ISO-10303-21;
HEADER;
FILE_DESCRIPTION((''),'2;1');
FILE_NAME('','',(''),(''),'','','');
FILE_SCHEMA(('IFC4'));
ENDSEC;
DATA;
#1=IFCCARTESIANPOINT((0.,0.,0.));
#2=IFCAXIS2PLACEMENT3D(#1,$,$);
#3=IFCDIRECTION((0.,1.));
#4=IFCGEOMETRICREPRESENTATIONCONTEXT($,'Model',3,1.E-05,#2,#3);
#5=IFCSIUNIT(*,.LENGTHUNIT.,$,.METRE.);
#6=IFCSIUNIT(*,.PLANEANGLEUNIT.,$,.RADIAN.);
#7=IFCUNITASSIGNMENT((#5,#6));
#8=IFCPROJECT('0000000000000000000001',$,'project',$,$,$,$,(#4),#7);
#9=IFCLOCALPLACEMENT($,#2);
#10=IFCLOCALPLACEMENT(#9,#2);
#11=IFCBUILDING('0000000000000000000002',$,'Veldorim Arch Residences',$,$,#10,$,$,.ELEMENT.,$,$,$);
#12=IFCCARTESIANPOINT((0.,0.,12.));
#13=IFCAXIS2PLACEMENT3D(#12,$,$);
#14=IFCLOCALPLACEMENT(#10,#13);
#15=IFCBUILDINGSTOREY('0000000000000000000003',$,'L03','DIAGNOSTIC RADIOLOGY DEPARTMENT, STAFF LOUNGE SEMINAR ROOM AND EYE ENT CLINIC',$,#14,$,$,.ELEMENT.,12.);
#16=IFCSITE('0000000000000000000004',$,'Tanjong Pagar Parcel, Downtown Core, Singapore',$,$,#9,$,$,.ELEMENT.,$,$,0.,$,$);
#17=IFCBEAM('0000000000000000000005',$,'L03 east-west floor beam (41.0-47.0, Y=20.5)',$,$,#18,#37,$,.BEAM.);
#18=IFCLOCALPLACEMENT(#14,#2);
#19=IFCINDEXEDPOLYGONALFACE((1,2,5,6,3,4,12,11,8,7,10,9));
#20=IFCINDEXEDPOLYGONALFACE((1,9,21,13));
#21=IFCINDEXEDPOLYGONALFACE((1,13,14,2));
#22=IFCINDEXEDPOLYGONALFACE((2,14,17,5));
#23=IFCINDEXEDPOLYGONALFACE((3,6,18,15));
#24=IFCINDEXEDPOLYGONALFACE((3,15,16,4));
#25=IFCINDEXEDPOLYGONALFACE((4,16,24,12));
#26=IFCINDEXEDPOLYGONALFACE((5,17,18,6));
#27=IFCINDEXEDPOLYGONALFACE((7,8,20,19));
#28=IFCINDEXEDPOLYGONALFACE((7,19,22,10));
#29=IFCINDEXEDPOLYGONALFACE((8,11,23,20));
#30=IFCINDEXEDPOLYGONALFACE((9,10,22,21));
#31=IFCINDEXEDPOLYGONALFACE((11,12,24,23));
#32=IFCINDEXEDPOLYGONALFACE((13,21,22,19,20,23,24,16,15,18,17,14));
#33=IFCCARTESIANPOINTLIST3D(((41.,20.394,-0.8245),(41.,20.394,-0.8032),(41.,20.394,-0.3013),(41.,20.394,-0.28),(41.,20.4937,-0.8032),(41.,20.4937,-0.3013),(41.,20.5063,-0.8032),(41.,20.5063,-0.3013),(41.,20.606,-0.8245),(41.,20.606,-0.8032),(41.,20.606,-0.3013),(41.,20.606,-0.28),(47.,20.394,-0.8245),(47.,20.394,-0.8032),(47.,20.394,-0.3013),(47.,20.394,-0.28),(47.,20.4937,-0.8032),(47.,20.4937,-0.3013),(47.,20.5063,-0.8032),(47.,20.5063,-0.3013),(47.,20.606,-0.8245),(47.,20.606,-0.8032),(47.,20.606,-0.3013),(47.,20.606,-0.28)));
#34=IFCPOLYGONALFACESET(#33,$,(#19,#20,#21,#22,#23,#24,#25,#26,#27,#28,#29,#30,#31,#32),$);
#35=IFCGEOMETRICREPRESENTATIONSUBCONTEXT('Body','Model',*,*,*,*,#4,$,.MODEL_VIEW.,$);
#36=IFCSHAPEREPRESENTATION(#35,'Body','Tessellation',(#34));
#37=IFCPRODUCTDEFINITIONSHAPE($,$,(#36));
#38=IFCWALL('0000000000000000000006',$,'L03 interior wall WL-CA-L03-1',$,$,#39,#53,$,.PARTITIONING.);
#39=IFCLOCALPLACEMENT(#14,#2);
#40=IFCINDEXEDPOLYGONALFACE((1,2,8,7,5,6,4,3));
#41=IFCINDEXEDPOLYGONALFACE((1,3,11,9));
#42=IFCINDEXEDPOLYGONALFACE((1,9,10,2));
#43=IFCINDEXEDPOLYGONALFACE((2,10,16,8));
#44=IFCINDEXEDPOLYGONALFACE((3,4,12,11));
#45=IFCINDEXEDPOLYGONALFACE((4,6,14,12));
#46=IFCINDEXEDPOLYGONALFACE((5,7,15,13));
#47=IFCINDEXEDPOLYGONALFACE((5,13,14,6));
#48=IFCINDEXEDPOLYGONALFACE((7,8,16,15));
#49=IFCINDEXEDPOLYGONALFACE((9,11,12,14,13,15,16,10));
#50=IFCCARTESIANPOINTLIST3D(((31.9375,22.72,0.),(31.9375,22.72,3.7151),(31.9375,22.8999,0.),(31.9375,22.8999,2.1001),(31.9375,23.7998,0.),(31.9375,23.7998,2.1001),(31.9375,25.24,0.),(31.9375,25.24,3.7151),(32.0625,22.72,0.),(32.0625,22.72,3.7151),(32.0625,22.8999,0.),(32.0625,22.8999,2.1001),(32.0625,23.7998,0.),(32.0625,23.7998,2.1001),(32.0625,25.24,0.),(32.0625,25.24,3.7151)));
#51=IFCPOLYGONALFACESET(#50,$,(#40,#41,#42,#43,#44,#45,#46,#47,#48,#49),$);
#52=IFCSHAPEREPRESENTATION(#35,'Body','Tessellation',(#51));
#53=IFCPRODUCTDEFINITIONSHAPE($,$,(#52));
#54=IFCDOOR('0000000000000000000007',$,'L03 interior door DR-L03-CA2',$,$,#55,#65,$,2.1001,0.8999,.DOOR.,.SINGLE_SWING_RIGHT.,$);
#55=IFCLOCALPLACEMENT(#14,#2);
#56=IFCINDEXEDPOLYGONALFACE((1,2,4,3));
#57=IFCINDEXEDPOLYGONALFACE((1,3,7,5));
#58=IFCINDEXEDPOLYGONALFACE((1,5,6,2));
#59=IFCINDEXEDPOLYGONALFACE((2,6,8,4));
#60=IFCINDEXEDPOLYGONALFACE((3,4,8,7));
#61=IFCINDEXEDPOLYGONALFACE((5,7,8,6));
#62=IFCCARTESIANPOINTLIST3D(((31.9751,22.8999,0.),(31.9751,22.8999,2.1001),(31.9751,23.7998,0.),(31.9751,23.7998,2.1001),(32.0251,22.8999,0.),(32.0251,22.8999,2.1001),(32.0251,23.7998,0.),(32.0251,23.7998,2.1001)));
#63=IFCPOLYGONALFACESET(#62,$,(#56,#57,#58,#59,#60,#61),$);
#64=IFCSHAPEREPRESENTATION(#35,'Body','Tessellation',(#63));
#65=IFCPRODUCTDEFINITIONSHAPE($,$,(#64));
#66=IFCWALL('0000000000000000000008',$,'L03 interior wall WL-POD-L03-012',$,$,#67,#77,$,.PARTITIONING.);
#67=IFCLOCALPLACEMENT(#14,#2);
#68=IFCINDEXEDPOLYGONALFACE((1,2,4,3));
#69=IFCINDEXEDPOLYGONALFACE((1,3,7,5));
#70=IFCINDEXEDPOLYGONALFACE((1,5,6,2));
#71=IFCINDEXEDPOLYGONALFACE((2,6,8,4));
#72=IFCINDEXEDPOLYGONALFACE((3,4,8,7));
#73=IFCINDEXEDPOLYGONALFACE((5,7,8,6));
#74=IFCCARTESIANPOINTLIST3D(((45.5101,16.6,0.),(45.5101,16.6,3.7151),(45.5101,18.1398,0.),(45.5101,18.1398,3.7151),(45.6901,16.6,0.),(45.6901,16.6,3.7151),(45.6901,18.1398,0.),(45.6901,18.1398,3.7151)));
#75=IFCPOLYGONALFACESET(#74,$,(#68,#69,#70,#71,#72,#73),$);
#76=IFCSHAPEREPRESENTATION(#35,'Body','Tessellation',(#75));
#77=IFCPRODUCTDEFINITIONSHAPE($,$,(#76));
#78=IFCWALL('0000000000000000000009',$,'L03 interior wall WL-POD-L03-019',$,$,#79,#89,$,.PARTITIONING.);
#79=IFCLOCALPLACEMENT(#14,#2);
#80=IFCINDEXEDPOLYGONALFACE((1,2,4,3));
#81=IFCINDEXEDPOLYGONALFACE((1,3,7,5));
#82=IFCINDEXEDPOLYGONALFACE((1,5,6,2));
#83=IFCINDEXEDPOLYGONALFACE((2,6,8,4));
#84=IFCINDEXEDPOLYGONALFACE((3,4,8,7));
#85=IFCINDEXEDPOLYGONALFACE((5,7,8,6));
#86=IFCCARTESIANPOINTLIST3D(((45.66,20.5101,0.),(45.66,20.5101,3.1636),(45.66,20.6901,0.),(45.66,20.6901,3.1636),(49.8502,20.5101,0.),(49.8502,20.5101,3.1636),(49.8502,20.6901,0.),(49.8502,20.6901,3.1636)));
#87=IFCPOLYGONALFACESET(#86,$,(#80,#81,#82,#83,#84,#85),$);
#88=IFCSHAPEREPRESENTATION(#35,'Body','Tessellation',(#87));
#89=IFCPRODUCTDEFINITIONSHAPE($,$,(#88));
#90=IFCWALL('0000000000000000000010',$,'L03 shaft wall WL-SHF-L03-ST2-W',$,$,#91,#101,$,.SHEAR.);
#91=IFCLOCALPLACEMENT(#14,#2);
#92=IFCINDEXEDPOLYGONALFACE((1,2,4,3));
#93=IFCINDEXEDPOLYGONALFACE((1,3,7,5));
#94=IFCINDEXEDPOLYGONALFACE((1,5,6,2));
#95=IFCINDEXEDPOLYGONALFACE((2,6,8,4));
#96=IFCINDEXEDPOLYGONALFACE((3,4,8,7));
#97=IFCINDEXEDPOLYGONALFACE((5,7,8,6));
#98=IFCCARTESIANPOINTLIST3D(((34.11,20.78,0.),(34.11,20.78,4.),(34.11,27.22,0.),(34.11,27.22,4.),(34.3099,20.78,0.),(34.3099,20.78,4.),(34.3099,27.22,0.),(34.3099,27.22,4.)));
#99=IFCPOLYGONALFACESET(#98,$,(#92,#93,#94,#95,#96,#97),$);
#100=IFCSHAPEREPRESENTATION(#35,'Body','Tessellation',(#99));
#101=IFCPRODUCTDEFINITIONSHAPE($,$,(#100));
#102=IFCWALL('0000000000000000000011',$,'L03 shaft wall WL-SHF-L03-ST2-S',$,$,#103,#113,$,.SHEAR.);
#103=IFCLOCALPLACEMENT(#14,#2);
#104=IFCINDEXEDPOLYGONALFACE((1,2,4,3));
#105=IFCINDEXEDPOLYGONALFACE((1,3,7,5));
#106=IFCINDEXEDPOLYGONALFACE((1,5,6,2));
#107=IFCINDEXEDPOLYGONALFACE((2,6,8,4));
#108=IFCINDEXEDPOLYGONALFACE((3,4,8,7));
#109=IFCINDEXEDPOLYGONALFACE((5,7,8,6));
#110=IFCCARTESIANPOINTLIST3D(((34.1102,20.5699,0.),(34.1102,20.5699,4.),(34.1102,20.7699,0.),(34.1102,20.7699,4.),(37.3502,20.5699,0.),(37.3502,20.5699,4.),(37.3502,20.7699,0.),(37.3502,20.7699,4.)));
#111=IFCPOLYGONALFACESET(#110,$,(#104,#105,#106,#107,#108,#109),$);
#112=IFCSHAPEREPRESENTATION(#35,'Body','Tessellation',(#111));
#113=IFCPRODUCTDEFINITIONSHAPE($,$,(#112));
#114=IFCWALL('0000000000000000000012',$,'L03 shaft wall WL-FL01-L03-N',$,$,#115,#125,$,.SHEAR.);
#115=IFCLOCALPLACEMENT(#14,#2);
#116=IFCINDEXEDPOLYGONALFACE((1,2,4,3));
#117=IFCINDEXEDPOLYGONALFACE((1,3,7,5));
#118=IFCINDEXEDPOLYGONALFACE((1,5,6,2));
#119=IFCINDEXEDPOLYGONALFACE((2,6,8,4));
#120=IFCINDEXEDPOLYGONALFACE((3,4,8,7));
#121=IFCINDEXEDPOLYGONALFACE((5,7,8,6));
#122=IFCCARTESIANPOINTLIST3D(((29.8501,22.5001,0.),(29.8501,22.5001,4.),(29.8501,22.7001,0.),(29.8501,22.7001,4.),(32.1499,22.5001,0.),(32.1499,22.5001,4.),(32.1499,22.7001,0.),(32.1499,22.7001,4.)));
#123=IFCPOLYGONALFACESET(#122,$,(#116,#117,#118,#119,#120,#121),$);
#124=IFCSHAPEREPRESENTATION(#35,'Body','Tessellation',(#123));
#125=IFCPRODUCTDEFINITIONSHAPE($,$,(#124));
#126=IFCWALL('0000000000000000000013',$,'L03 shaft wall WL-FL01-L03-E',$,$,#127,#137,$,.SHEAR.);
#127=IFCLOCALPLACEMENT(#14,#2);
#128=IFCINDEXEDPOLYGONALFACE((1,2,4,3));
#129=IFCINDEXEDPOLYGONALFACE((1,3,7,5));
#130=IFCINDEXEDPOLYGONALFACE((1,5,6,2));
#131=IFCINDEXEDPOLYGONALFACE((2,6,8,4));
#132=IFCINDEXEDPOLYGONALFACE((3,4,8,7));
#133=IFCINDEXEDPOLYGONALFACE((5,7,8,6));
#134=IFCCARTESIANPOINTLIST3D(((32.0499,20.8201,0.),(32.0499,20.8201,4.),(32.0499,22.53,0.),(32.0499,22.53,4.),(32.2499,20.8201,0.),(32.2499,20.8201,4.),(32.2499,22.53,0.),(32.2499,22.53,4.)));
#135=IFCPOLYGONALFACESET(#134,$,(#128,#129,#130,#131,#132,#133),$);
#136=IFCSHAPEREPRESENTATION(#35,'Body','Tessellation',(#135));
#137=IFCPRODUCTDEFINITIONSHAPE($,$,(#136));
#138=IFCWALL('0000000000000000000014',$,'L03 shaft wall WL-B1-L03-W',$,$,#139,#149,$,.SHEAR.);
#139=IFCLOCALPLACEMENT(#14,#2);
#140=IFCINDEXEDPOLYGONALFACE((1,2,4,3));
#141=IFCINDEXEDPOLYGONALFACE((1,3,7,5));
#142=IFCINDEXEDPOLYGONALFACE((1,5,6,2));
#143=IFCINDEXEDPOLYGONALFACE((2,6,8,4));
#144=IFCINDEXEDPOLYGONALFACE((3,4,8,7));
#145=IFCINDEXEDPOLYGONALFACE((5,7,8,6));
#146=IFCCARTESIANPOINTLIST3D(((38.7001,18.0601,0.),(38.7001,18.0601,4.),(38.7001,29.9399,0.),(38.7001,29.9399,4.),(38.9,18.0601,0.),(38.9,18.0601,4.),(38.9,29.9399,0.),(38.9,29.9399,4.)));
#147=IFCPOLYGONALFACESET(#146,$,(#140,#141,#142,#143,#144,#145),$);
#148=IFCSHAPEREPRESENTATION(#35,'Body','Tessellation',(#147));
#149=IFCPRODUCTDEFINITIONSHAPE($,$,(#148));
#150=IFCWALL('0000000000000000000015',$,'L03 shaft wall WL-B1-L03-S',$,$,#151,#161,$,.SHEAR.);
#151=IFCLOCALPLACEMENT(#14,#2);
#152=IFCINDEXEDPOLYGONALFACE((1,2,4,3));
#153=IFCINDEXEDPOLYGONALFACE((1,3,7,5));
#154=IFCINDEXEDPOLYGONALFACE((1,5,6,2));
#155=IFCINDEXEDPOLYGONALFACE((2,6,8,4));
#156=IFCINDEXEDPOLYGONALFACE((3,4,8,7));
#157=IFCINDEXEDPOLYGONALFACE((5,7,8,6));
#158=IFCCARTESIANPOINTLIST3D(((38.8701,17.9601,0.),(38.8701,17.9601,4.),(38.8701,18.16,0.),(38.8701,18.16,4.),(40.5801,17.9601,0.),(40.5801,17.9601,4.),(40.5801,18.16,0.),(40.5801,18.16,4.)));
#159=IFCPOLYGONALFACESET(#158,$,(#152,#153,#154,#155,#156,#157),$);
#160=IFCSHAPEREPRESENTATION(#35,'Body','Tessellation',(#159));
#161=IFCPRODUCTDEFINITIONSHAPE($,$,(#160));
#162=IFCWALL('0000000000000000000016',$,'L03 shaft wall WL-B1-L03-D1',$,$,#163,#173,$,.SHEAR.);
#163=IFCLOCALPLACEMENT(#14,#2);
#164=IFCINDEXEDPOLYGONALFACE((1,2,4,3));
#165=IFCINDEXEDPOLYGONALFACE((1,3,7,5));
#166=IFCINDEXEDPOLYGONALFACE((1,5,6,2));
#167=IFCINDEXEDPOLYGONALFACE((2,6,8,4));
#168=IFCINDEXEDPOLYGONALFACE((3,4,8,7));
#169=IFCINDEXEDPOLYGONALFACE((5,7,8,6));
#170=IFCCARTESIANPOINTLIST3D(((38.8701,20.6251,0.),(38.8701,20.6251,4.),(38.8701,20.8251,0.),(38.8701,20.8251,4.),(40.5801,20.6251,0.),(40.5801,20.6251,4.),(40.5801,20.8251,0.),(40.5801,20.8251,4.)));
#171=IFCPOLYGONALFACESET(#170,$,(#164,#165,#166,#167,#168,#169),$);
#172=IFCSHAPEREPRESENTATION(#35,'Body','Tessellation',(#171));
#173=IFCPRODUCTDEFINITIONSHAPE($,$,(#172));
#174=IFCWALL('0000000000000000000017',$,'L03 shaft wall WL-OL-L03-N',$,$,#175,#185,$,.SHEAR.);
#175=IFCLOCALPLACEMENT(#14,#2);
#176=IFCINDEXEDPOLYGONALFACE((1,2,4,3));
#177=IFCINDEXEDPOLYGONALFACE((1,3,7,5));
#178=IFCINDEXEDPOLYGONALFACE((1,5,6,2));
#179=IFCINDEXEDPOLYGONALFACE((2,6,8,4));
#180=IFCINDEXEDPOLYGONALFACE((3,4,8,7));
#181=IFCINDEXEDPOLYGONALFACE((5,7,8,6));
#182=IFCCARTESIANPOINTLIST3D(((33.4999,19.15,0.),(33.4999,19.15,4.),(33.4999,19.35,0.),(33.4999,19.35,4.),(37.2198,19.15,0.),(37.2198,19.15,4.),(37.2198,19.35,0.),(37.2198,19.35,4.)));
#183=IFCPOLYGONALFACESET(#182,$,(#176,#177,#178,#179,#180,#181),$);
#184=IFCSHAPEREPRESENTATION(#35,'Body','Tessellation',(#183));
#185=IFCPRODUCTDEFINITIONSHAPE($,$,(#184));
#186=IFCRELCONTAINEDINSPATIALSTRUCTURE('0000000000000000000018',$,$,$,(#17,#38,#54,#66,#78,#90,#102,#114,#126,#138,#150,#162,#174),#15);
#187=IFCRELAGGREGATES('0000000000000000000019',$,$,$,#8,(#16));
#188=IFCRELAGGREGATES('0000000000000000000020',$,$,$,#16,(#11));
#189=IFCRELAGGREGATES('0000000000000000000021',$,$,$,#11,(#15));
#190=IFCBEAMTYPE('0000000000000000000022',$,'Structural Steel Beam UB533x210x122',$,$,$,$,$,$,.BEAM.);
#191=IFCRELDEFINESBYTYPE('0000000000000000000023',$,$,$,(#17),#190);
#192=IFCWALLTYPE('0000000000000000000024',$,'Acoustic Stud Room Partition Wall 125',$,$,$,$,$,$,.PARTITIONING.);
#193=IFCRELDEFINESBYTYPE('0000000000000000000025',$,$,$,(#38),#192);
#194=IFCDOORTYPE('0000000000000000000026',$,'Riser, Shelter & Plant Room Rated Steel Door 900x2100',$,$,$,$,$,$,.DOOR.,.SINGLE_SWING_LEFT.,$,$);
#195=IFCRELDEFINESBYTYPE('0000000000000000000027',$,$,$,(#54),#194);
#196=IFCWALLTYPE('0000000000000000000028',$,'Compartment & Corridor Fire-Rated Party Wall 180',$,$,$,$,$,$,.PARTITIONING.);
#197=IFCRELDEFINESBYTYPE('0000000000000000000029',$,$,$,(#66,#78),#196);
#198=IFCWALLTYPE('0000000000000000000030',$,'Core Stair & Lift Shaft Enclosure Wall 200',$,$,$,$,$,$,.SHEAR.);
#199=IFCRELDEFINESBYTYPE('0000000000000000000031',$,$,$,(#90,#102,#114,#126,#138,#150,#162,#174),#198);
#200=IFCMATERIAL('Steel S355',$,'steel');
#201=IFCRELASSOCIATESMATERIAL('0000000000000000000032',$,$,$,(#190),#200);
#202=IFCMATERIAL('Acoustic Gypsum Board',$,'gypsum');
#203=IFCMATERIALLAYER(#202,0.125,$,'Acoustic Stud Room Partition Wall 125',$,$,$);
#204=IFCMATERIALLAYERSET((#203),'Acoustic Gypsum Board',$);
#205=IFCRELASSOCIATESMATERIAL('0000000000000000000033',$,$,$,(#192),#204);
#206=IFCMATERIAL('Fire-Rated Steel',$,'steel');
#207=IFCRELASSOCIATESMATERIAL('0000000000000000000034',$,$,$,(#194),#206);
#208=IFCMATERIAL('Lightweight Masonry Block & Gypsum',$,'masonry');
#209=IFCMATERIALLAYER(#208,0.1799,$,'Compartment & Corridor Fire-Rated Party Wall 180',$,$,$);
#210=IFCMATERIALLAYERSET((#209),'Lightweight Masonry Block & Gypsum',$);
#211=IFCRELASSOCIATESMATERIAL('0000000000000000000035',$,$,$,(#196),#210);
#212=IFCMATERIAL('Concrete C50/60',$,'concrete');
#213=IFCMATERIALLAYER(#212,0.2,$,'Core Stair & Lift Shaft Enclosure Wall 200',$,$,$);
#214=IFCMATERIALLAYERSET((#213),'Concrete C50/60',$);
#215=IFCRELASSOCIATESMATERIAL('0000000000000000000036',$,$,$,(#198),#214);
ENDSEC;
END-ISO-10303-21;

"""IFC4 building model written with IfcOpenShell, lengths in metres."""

from ifc_helpers import new_model, si_unit, direction, frame, frame_2d, origin, origin_2d, place, context, subcontext, project, spatial, rectangle, i_section, extrude, material, layer, layer_set, material_profile, profile_set, type_object, element, fill, save


model = new_model("IFC4")

# Units and contexts
model_context = context("Model", 3, precision=1e-05, world=origin(), true_north=direction((0.0, 1.0)))
body_context = subcontext(model_context, "Body", "Model", "MODEL_VIEW")
ifc_project = project(units=[si_unit("LENGTHUNIT", "METRE"), si_unit("PLANEANGLEUNIT", "RADIAN")], contexts=[model_context])

# Site, building, storey
site_placement = place(None, origin())
site = spatial("IfcSite", under=ifc_project, at=site_placement, Name="Tanjong Pagar Parcel, Downtown Core, Singapore", CompositionType="ELEMENT", RefElevation=0.0)
building_placement = place(site_placement, origin())
building = spatial("IfcBuilding", under=site, at=building_placement, Name="Veldorim Arch Residences", CompositionType="ELEMENT")
storey_placement = place(building_placement, frame((0.0, 0.0, 12.0)))
storey = spatial("IfcBuildingStorey", under=building, at=storey_placement, Name="L03", Description="DIAGNOSTIC RADIOLOGY DEPARTMENT, STAFF LOUNGE SEMINAR ROOM AND EYE ENT CLINIC", CompositionType="ELEMENT", Elevation=12.0)

# Beam
ifc_material_1 = material(Name="Steel S355", Category="steel")
ifc_material_profile = material_profile(ifc_material_1, i_section(OverallWidth=0.2119, OverallDepth=0.5444, WebThickness=0.0127, FlangeThickness=0.0212, at=origin_2d()), Name="UB533x210x122")
ifc_profile_set = profile_set([ifc_material_profile], Name="Steel S355")
beam_type = type_object("IfcBeamType", Name="Structural Steel Beam UB533x210x122", PredefinedType="BEAM", material=ifc_profile_set)
beam_placement = place(storey_placement, frame((41.0, 20.5, -0.5522), z_axis=(1.0, 0.0, 0.0), x_axis=(0.0, 1.0, 0.0)))
element("IfcBeam", 1, at=beam_placement, inside=storey, type_object=beam_type, Name="L03 east-west floor beam (41.0-47.0, Y=20.5)", PredefinedType="BEAM", context=body_context, shape_type="SweptSolid", body=[
    extrude(i_section(OverallWidth=0.2119, OverallDepth=0.5444, WebThickness=0.0127, FlangeThickness=0.0212, at=origin_2d()), origin(), (0.0, 0.0, 1.0), 6.0),
])

# Wall, opening, door
ifc_material_2 = material(Name="Acoustic Gypsum Board", Category="gypsum")
ifc_layer_1 = layer(ifc_material_2, 0.125, Name="Acoustic Stud Room Partition Wall 125")
ifc_layer_set_1 = layer_set([ifc_layer_1], Name="Acoustic Gypsum Board")
wall_type_1 = type_object("IfcWallType", Name="Acoustic Stud Room Partition Wall 125", PredefinedType="PARTITIONING", material=ifc_layer_set_1)
wall_1_placement = place(storey_placement, frame((32.0, 22.72, 0.0), z_axis=(0.0, 0.0, 1.0), x_axis=(0.0, 1.0, 0.0)))
wall_1 = element("IfcWall", 2, at=wall_1_placement, inside=storey, type_object=wall_type_1, Name="L03 interior wall WL-CA-L03-1", PredefinedType="PARTITIONING", context=body_context, shape_type="SweptSolid", body=[
    extrude(rectangle(XDim=2.52, YDim=0.125, at=frame_2d((1.26, 0.0))), origin(), (0.0, 0.0, 1.0), 3.7151),
])
opening_1_placement = place(wall_1_placement, frame((0.1799, 0.0, 0.0)))
opening_1 = element("IfcOpeningElement", 3, at=opening_1_placement, cuts=wall_1, PredefinedType="OPENING", context=body_context, shape_type="SweptSolid", body=[
    extrude(rectangle(XDim=0.8999, YDim=2.1001, at=frame_2d((0.45, 1.05))), frame((0.0, 0.0725, 0.0), z_axis=(0.0, -1.0, 0.0), x_axis=(1.0, 0.0, 0.0)), (0.0, 0.0, 1.0), 0.145),
])
ifc_material_3 = material(Name="Fire-Rated Steel", Category="steel")
door_type_1 = type_object("IfcDoorType", Name="Riser, Shelter & Plant Room Rated Steel Door 900x2100", OperationType="SINGLE_SWING_LEFT", PredefinedType="DOOR", material=ifc_material_3)
door_1_placement = place(opening_1_placement, origin())
door_1 = element("IfcDoor", 4, at=door_1_placement, inside=storey, type_object=door_type_1, Name="L03 interior door DR-L03-CA2", OperationType="SINGLE_SWING_RIGHT", OverallHeight=2.1001, OverallWidth=0.8999, PredefinedType="DOOR", context=body_context, shape_type="SweptSolid", body=[
    extrude(rectangle(XDim=0.8999, YDim=2.1001, at=frame_2d((0.45, 1.05))), frame((0.0, 0.0249, 0.0), z_axis=(0.0, -1.0, 0.0), x_axis=(1.0, 0.0, 0.0)), (0.0, 0.0, 1.0), 0.05),
])
fill(opening_1, door_1)

# Walls
ifc_material_4 = material(Name="Lightweight Masonry Block & Gypsum", Category="masonry")
ifc_layer_2 = layer(ifc_material_4, 0.1799, Name="Compartment & Corridor Fire-Rated Party Wall 180")
ifc_layer_set_2 = layer_set([ifc_layer_2], Name="Lightweight Masonry Block & Gypsum")
wall_type_2 = type_object("IfcWallType", Name="Compartment & Corridor Fire-Rated Party Wall 180", PredefinedType="PARTITIONING", material=ifc_layer_set_2)
wall_2_placement = place(storey_placement, frame((45.6001, 18.1399, 0.0), z_axis=(0.0, 0.0, 1.0), x_axis=(0.0, -1.0, 0.0)))
element("IfcWall", 5, at=wall_2_placement, inside=storey, type_object=wall_type_2, Name="L03 interior wall WL-POD-L03-012", PredefinedType="PARTITIONING", context=body_context, shape_type="SweptSolid", body=[
    extrude(rectangle(XDim=1.5398, YDim=0.1799, at=frame_2d((0.77, 0.0))), origin(), (0.0, 0.0, 1.0), 3.7151),
])
wall_3_placement = place(storey_placement, frame((45.6599, 20.6001, 0.0), z_axis=(0.0, 0.0, 1.0), x_axis=(1.0, 0.0, 0.0)))
element("IfcWall", 6, at=wall_3_placement, inside=storey, type_object=wall_type_2, Name="L03 interior wall WL-POD-L03-019", PredefinedType="PARTITIONING", context=body_context, shape_type="SweptSolid", body=[
    extrude(rectangle(XDim=4.1902, YDim=0.1799, at=frame_2d((2.0952, 0.0))), origin(), (0.0, 0.0, 1.0), 3.1636),
])
ifc_material_5 = material(Name="Concrete C50/60", Category="concrete")
ifc_layer_3 = layer(ifc_material_5, 0.2, Name="Core Stair & Lift Shaft Enclosure Wall 200")
ifc_layer_set_3 = layer_set([ifc_layer_3], Name="Concrete C50/60")
wall_type_3 = type_object("IfcWallType", Name="Core Stair & Lift Shaft Enclosure Wall 200", PredefinedType="SHEAR", material=ifc_layer_set_3)
wall_4_placement = place(storey_placement, frame((34.21, 20.78, 0.0), z_axis=(0.0, 0.0, 1.0), x_axis=(0.0, 1.0, 0.0)))
element("IfcWall", 7, at=wall_4_placement, inside=storey, type_object=wall_type_3, Name="L03 shaft wall WL-SHF-L03-ST2-W", PredefinedType="SHEAR", context=body_context, shape_type="SweptSolid", body=[
    extrude(rectangle(XDim=6.4399, YDim=0.2, at=frame_2d((3.22, 0.0))), origin(), (0.0, 0.0, 1.0), 4.0),
])
wall_5_placement = place(storey_placement, frame((34.1101, 20.6699, 0.0), z_axis=(0.0, 0.0, 1.0), x_axis=(1.0, 0.0, 0.0)))
element("IfcWall", 8, at=wall_5_placement, inside=storey, type_object=wall_type_3, Name="L03 shaft wall WL-SHF-L03-ST2-S", PredefinedType="SHEAR", context=body_context, shape_type="SweptSolid", body=[
    extrude(rectangle(XDim=3.24, YDim=0.2, at=frame_2d((1.6201, 0.0))), origin(), (0.0, 0.0, 1.0), 4.0),
])

# Walls
wall_6_placement = place(storey_placement, frame((29.8501, 22.6001, 0.0), z_axis=(0.0, 0.0, 1.0), x_axis=(1.0, 0.0, 0.0)))
element("IfcWall", 9, at=wall_6_placement, inside=storey, type_object=wall_type_3, Name="L03 shaft wall WL-FL01-L03-N", PredefinedType="SHEAR", context=body_context, shape_type="SweptSolid", body=[
    extrude(rectangle(XDim=2.2998, YDim=0.2, at=frame_2d((1.1499, 0.0))), origin(), (0.0, 0.0, 1.0), 4.0),
])
wall_7_placement = place(storey_placement, frame((32.1499, 20.8201, 0.0), z_axis=(0.0, 0.0, 1.0), x_axis=(0.0, 1.0, 0.0)))
element("IfcWall", 10, at=wall_7_placement, inside=storey, type_object=wall_type_3, Name="L03 shaft wall WL-FL01-L03-E", PredefinedType="SHEAR", context=body_context, shape_type="SweptSolid", body=[
    extrude(rectangle(XDim=1.71, YDim=0.2, at=frame_2d((0.855, 0.0))), origin(), (0.0, 0.0, 1.0), 4.0),
])
wall_8_placement = place(storey_placement, frame((38.8, 18.0601, 0.0), z_axis=(0.0, 0.0, 1.0), x_axis=(0.0, 1.0, 0.0)))
element("IfcWall", 11, at=wall_8_placement, inside=storey, type_object=wall_type_3, Name="L03 shaft wall WL-B1-L03-W", PredefinedType="SHEAR", context=body_context, shape_type="SweptSolid", body=[
    extrude(rectangle(XDim=11.8799, YDim=0.2, at=frame_2d((5.9399, 0.0))), origin(), (0.0, 0.0, 1.0), 4.0),
])
for number, where, z_axis, x_axis, name in (
    (12, (38.8701, 18.0601, 0.0), (0.0, 0.0, 1.0), (1.0, 0.0, 0.0), "L03 shaft wall WL-B1-L03-S"),
    (13, (38.8701, 20.7251, 0.0), (0.0, 0.0, 1.0), (1.0, 0.0, 0.0), "L03 shaft wall WL-B1-L03-D1"),
):
    element("IfcWall", number, at=place(storey_placement, frame(where, z_axis=z_axis, x_axis=x_axis)), inside=storey, type_object=wall_type_3, Name=name, PredefinedType="SHEAR", context=body_context, shape_type="SweptSolid", body=[
        extrude(rectangle(XDim=1.71, YDim=0.2, at=frame_2d((0.855, 0.0))), origin(), (0.0, 0.0, 1.0), 4.0),
    ])
wall_9_placement = place(storey_placement, frame((33.5, 19.25, 0.0), z_axis=(0.0, 0.0, 1.0), x_axis=(1.0, 0.0, 0.0)))
element("IfcWall", 14, at=wall_9_placement, inside=storey, type_object=wall_type_3, Name="L03 shaft wall WL-OL-L03-N", PredefinedType="SHEAR", context=body_context, shape_type="SweptSolid", body=[
    extrude(rectangle(XDim=3.72, YDim=0.2, at=frame_2d((1.8599, 0.0))), origin(), (0.0, 0.0, 1.0), 4.0),
])

save(model, "model.ifc")
